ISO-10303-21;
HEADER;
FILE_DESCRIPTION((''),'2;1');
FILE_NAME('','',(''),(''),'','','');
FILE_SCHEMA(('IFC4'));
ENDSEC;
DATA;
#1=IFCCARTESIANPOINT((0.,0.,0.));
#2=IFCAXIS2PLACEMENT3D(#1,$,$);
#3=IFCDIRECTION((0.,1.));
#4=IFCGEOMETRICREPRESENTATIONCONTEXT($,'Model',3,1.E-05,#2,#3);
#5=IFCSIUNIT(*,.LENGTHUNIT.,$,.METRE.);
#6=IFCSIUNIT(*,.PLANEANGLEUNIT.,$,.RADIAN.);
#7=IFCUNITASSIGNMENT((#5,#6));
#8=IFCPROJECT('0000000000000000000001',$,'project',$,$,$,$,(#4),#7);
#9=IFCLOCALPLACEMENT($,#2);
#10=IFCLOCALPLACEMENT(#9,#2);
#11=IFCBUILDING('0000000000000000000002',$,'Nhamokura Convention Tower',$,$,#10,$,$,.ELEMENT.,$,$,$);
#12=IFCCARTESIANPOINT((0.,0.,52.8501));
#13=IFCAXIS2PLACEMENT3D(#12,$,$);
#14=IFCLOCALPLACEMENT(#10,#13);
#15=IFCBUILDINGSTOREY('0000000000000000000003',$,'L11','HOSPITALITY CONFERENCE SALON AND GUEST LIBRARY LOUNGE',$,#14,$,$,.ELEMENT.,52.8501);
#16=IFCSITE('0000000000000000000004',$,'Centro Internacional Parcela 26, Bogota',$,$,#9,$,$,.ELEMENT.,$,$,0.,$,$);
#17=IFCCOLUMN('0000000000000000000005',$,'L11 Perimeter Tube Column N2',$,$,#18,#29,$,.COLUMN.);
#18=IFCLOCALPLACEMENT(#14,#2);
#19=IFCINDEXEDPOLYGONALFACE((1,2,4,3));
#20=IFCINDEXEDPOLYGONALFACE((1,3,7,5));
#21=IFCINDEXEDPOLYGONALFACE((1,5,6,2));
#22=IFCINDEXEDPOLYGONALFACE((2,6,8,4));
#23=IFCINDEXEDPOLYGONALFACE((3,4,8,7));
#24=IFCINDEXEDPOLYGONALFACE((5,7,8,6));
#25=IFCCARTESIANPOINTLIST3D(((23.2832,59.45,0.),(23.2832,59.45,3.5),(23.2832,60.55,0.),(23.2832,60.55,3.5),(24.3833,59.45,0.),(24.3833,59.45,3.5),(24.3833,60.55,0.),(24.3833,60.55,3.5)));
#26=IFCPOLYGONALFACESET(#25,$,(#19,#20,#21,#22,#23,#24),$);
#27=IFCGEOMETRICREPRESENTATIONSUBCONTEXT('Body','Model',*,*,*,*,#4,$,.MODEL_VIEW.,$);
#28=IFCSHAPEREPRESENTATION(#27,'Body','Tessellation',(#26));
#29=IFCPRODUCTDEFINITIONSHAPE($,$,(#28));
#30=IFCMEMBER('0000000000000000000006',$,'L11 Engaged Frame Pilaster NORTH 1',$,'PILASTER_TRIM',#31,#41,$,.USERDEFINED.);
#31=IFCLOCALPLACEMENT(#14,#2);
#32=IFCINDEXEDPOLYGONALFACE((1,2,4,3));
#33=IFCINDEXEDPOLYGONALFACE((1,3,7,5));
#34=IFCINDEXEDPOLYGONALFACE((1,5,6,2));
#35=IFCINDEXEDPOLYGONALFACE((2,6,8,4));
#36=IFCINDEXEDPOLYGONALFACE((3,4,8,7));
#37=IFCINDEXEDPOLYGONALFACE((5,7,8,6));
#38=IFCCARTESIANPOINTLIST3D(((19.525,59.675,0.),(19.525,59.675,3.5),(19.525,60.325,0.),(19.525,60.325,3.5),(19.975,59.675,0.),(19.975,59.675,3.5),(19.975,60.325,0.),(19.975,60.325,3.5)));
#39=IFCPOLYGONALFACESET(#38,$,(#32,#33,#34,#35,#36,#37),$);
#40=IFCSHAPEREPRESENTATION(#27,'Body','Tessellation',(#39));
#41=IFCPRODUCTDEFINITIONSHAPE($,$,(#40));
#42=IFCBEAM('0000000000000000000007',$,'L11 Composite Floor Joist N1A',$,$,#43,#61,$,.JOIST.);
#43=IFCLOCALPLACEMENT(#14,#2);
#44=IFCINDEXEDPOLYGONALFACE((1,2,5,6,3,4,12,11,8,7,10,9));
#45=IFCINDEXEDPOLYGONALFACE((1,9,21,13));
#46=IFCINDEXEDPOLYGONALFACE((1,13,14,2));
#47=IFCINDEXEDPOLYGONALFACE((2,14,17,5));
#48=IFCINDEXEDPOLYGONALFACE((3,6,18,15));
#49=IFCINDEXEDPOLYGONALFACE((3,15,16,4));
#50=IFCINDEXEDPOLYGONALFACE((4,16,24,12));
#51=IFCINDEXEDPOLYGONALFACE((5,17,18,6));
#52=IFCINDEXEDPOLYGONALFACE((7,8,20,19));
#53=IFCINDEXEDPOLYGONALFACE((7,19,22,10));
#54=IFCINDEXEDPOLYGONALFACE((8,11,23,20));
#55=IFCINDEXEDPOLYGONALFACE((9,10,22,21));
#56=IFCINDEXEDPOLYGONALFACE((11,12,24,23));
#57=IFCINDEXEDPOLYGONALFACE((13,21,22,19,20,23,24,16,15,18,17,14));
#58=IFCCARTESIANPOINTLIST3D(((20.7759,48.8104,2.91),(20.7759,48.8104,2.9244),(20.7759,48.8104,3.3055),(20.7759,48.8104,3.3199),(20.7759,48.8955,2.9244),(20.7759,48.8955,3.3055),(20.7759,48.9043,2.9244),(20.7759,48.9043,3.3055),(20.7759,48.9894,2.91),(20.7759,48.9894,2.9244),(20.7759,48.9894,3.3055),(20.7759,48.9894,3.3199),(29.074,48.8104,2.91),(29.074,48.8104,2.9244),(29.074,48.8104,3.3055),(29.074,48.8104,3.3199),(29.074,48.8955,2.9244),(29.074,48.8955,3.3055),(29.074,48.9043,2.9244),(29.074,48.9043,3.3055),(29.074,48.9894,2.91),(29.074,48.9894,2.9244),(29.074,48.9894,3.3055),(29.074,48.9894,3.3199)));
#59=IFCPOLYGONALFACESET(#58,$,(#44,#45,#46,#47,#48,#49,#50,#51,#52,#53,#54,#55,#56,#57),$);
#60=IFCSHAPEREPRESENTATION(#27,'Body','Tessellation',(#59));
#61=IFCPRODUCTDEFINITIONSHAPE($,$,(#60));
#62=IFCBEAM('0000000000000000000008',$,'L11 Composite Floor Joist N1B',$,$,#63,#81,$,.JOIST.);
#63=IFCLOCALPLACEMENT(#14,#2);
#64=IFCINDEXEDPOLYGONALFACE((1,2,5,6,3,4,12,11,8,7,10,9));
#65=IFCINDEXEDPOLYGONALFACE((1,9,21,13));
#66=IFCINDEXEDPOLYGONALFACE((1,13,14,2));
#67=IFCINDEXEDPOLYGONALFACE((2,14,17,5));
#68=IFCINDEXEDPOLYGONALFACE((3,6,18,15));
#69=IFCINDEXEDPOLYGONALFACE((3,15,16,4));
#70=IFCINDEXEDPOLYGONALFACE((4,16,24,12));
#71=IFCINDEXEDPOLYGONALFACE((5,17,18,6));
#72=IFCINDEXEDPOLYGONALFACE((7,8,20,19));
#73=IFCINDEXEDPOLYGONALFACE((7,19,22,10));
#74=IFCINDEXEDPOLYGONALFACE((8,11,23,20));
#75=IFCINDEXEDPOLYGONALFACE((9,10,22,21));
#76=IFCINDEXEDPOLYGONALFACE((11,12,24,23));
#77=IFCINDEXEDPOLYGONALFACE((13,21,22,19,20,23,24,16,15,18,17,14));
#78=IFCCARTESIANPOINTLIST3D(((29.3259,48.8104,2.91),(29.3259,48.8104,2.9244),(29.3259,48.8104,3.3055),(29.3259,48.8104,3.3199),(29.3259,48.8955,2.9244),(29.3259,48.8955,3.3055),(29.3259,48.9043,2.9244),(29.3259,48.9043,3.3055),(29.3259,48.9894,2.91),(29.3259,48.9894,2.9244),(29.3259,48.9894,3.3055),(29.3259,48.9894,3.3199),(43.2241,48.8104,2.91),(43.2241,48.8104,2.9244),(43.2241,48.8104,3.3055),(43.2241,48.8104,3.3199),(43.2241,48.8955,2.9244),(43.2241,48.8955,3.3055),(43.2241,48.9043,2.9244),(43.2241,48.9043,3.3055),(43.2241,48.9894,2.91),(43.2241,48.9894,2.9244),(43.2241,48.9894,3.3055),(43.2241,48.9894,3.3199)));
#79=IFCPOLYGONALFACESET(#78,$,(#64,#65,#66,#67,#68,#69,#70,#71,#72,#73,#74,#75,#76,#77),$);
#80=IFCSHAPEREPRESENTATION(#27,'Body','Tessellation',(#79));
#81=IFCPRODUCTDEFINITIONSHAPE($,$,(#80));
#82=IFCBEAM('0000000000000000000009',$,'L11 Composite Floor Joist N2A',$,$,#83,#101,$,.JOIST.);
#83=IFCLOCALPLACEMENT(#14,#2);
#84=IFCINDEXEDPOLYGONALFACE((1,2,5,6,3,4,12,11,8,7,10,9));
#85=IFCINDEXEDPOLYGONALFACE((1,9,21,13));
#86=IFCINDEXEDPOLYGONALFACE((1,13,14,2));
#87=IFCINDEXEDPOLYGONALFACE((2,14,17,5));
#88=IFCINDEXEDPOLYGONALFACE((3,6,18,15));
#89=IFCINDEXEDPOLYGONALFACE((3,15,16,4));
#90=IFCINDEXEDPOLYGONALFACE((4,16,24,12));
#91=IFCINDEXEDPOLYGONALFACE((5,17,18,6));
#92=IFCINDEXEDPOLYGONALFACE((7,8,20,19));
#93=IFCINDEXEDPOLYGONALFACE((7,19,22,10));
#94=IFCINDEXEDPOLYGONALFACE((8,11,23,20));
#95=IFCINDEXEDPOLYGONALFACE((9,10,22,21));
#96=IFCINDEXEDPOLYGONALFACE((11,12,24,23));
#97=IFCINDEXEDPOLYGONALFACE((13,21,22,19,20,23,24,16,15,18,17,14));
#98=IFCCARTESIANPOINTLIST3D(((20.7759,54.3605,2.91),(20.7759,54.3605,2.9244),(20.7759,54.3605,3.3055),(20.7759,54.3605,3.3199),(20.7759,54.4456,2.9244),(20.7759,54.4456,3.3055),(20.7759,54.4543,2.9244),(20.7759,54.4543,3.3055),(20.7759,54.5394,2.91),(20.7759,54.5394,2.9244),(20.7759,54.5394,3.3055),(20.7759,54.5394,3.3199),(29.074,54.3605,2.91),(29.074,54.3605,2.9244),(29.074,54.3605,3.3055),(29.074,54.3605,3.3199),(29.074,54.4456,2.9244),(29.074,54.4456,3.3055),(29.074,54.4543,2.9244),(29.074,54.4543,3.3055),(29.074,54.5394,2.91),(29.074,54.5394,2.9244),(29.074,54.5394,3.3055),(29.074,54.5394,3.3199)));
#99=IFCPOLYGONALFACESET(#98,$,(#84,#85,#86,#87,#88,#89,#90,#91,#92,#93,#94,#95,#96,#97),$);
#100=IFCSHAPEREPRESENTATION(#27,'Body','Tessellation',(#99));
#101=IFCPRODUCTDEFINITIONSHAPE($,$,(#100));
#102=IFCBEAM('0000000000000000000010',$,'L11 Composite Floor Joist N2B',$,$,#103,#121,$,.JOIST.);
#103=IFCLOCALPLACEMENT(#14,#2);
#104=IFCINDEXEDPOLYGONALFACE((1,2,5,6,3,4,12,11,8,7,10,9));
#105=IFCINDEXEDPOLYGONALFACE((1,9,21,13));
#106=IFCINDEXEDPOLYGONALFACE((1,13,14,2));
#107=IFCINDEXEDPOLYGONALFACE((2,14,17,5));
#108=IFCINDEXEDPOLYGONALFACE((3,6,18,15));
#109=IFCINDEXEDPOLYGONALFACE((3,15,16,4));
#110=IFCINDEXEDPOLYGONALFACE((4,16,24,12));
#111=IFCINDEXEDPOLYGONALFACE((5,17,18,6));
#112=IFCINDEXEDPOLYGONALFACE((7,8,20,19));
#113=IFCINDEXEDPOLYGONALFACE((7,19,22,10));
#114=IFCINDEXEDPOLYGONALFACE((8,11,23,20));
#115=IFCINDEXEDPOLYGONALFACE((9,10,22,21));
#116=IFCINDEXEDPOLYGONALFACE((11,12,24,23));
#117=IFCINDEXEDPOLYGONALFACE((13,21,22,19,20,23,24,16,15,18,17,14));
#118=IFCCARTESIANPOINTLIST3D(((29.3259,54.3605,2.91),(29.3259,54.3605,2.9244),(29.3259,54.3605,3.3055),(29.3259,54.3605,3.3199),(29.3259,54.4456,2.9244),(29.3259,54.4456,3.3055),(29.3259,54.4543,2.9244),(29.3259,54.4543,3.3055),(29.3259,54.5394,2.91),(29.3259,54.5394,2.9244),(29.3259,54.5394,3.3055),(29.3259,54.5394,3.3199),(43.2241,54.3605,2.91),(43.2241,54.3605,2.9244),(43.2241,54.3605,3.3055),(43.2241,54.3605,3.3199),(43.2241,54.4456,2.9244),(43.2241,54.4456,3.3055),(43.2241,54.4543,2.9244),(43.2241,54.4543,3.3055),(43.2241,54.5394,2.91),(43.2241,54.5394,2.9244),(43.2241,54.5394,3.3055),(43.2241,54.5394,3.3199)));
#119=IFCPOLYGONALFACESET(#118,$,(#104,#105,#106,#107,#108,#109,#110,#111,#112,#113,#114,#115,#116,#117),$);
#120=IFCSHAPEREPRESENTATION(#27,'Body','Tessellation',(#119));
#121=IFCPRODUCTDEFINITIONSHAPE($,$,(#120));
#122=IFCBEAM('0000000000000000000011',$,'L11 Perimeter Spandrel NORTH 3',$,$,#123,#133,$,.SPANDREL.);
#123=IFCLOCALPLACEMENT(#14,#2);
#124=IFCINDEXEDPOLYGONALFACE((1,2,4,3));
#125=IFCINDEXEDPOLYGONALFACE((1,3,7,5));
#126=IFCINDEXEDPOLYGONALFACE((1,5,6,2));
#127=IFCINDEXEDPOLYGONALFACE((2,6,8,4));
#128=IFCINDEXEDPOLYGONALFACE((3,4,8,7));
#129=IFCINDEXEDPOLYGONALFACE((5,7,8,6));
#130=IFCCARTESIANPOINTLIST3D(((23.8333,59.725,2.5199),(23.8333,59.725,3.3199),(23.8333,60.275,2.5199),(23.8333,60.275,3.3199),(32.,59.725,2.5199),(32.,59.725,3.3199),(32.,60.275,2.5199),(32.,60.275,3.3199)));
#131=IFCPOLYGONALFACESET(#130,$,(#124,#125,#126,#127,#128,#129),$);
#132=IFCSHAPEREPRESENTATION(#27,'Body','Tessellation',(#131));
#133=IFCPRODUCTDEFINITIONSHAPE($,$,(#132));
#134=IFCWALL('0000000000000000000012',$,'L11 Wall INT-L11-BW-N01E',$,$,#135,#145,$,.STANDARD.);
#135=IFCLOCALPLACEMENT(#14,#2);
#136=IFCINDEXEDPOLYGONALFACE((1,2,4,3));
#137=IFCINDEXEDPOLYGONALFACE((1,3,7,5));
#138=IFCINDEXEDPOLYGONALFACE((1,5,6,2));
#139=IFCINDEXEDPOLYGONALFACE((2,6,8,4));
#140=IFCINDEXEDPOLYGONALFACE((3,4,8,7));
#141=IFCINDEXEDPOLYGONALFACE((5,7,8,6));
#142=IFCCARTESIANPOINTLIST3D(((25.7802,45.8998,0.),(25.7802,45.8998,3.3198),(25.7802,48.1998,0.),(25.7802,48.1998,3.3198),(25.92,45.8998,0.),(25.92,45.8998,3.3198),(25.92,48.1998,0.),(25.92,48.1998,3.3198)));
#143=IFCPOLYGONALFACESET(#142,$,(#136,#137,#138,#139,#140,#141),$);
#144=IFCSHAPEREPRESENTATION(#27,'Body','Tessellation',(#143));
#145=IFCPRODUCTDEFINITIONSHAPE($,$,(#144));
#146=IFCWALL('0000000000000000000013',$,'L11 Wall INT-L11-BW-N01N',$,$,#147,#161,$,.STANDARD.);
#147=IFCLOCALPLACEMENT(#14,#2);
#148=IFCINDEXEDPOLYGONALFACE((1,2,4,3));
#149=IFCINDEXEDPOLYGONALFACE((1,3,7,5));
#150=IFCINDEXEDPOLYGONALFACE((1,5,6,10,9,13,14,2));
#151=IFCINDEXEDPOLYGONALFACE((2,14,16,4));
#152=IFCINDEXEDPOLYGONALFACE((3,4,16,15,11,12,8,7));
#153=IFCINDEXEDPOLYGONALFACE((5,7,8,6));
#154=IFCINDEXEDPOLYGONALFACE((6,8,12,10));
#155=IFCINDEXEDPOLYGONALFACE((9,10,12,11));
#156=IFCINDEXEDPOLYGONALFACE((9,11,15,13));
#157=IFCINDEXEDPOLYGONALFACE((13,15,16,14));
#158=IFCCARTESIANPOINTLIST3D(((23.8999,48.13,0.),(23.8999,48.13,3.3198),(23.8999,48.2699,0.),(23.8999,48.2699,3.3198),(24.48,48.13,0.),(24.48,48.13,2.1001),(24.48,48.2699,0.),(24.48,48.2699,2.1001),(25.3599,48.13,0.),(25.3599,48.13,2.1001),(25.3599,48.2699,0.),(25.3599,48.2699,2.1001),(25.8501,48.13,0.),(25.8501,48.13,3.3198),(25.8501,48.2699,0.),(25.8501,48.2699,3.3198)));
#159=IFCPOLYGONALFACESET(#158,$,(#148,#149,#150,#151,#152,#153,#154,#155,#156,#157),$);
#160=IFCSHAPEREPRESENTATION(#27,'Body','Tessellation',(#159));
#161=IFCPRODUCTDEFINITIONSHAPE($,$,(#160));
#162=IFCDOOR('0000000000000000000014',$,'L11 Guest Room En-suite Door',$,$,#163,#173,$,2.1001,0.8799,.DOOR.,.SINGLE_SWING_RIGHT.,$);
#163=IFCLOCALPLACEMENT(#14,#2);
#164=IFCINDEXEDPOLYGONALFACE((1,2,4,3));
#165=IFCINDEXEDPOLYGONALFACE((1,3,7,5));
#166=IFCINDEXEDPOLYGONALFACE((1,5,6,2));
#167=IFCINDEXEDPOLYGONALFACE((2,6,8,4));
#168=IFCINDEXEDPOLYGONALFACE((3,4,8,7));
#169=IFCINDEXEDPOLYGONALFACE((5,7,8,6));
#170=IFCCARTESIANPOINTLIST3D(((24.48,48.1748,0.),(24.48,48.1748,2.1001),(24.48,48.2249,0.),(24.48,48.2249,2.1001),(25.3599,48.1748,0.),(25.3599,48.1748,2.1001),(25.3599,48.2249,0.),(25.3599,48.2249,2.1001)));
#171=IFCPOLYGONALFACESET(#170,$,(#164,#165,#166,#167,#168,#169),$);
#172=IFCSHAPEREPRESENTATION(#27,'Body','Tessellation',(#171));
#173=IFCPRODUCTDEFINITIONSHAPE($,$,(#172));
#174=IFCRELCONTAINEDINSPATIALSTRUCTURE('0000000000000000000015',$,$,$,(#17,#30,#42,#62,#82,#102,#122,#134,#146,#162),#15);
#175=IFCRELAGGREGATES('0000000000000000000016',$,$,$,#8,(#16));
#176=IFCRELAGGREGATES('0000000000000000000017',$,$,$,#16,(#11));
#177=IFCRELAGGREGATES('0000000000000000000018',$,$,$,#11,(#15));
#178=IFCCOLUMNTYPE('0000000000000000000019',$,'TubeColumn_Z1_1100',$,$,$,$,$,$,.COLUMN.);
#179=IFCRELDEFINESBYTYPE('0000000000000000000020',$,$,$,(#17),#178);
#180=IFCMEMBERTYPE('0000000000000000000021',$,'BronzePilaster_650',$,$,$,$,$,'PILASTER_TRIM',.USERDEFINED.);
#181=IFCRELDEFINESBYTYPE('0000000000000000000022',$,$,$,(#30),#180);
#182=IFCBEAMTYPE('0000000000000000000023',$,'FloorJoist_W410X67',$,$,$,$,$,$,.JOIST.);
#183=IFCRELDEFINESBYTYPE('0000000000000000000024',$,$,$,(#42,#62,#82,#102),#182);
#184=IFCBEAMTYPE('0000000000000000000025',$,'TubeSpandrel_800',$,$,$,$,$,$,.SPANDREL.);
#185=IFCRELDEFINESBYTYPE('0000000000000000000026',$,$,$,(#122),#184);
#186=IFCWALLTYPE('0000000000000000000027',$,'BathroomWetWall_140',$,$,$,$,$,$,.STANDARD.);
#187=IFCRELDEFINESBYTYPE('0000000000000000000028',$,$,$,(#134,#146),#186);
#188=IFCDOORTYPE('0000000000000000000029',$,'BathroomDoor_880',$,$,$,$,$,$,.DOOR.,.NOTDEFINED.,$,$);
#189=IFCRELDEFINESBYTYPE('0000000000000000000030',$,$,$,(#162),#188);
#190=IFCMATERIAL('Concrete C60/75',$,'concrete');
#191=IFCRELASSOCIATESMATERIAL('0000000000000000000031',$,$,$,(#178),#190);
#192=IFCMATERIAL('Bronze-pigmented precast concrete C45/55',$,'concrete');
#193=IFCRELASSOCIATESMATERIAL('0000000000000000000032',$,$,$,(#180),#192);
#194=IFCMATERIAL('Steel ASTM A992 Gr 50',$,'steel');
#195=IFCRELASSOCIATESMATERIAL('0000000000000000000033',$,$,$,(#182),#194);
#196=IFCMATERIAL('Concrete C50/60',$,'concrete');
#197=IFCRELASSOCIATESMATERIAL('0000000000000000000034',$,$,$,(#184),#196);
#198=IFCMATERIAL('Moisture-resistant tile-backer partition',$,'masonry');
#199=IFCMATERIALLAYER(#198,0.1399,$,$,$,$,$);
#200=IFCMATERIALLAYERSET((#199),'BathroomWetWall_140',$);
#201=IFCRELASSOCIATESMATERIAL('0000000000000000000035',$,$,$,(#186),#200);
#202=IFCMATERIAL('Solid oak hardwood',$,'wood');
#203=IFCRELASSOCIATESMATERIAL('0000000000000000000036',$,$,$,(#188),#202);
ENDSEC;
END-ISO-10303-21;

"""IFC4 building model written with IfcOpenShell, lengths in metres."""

from ifc_helpers import new_model, si_unit, direction, frame, frame_2d, origin, origin_2d, place, context, subcontext, project, spatial, rectangle, i_section, extrude, material, layer, layer_set, material_profile, profile_set, type_object, element, fill, save


model = new_model("IFC4")

# Units and contexts
model_context = context("Model", 3, precision=1e-05, world=origin(), true_north=direction((0.0, 1.0)))
body_context = subcontext(model_context, "Body", "Model", "MODEL_VIEW")
ifc_project = project(units=[si_unit("LENGTHUNIT", "METRE"), si_unit("PLANEANGLEUNIT", "RADIAN")], contexts=[model_context])

# Site, building, storey
site_placement = place(None, origin())
site = spatial("IfcSite", under=ifc_project, at=site_placement, Name="Centro Internacional Parcela 26, Bogota", CompositionType="ELEMENT", RefElevation=0.0)
building_placement = place(site_placement, origin())
building = spatial("IfcBuilding", under=site, at=building_placement, Name="Nhamokura Convention Tower", CompositionType="ELEMENT")
storey_placement = place(building_placement, frame((0.0, 0.0, 52.8501)))
storey = spatial("IfcBuildingStorey", under=building, at=storey_placement, Name="L11", Description="HOSPITALITY CONFERENCE SALON AND GUEST LIBRARY LOUNGE", CompositionType="ELEMENT", Elevation=52.8501)

# Column
ifc_material_1 = material(Name="Concrete C60/75", Category="concrete")
ifc_material_profile_1 = material_profile(ifc_material_1, rectangle(XDim=1.1001, YDim=1.1001, at=origin_2d()))
ifc_profile_set_1 = profile_set([ifc_material_profile_1], Name="Concrete C60/75")
column_type = type_object("IfcColumnType", Name="TubeColumn_Z1_1100", PredefinedType="COLUMN", material=ifc_profile_set_1)
column_placement = place(storey_placement, frame((23.8333, 60.0, 0.0), z_axis=(0.0, 0.0, 1.0), x_axis=(1.0, 0.0, 0.0)))
element("IfcColumn", 1, at=column_placement, inside=storey, type_object=column_type, Name="L11 Perimeter Tube Column N2", PredefinedType="COLUMN", context=body_context, shape_type="SweptSolid", body=[
    extrude(rectangle(XDim=1.1001, YDim=1.1001, at=origin_2d()), origin(), (0.0, 0.0, 1.0), 3.5),
])

# Member
ifc_material_2 = material(Name="Bronze-pigmented precast concrete C45/55", Category="concrete")
ifc_material_profile_2 = material_profile(ifc_material_2, rectangle(XDim=0.45, YDim=0.6499, at=origin_2d()))
ifc_profile_set_2 = profile_set([ifc_material_profile_2], Name="Bronze-pigmented precast concrete C45/55")
member_type = type_object("IfcMemberType", Name="BronzePilaster_650", ElementType="PILASTER_TRIM", PredefinedType="USERDEFINED", material=ifc_profile_set_2)
member_placement = place(storey_placement, frame((19.75, 60.0, 0.0), z_axis=(0.0, 0.0, 1.0), x_axis=(1.0, 0.0, 0.0)))
element("IfcMember", 2, at=member_placement, inside=storey, type_object=member_type, Name="L11 Engaged Frame Pilaster NORTH 1", ObjectType="PILASTER_TRIM", PredefinedType="USERDEFINED", context=body_context, shape_type="SweptSolid", body=[
    extrude(rectangle(XDim=0.45, YDim=0.6499, at=origin_2d()), origin(), (0.0, 0.0, 1.0), 3.5),
])

# Beams
ifc_material_3 = material(Name="Steel ASTM A992 Gr 50", Category="steel")
ifc_material_profile_3 = material_profile(ifc_material_3, i_section(OverallWidth=0.179, OverallDepth=0.4099, WebThickness=0.0088, FlangeThickness=0.0144, at=origin_2d()))
ifc_profile_set_3 = profile_set([ifc_material_profile_3], Name="Steel ASTM A992 Gr 50")
beam_type_1 = type_object("IfcBeamType", Name="FloorJoist_W410X67", PredefinedType="JOIST", material=ifc_profile_set_3)
beam_1_placement = place(storey_placement, frame((20.7759, 48.8999, 3.115), z_axis=(1.0, 0.0, 0.0), x_axis=(0.0, 1.0, 0.0)))
element("IfcBeam", 3, at=beam_1_placement, inside=storey, type_object=beam_type_1, Name="L11 Composite Floor Joist N1A", PredefinedType="JOIST", context=body_context, shape_type="SweptSolid", body=[
    extrude(i_section(OverallWidth=0.179, OverallDepth=0.4099, WebThickness=0.0088, FlangeThickness=0.0144, at=origin_2d()), origin(), (0.0, 0.0, 1.0), 8.2981),
])
beam_2_placement = place(storey_placement, frame((29.3259, 48.8999, 3.115), z_axis=(1.0, 0.0, 0.0), x_axis=(0.0, 1.0, 0.0)))
element("IfcBeam", 4, at=beam_2_placement, inside=storey, type_object=beam_type_1, Name="L11 Composite Floor Joist N1B", PredefinedType="JOIST", context=body_context, shape_type="SweptSolid", body=[
    extrude(i_section(OverallWidth=0.179, OverallDepth=0.4099, WebThickness=0.0088, FlangeThickness=0.0144, at=origin_2d()), origin(), (0.0, 0.0, 1.0), 13.8982),
])
beam_3_placement = place(storey_placement, frame((20.7759, 54.45, 3.115), z_axis=(1.0, 0.0, 0.0), x_axis=(0.0, 1.0, 0.0)))
element("IfcBeam", 5, at=beam_3_placement, inside=storey, type_object=beam_type_1, Name="L11 Composite Floor Joist N2A", PredefinedType="JOIST", context=body_context, shape_type="SweptSolid", body=[
    extrude(i_section(OverallWidth=0.179, OverallDepth=0.4099, WebThickness=0.0088, FlangeThickness=0.0144, at=origin_2d()), origin(), (0.0, 0.0, 1.0), 8.2981),
])
beam_4_placement = place(storey_placement, frame((29.3259, 54.45, 3.115), z_axis=(1.0, 0.0, 0.0), x_axis=(0.0, 1.0, 0.0)))
element("IfcBeam", 6, at=beam_4_placement, inside=storey, type_object=beam_type_1, Name="L11 Composite Floor Joist N2B", PredefinedType="JOIST", context=body_context, shape_type="SweptSolid", body=[
    extrude(i_section(OverallWidth=0.179, OverallDepth=0.4099, WebThickness=0.0088, FlangeThickness=0.0144, at=origin_2d()), origin(), (0.0, 0.0, 1.0), 13.8982),
])
ifc_material_4 = material(Name="Concrete C50/60", Category="concrete")
ifc_material_profile_4 = material_profile(ifc_material_4, rectangle(XDim=0.55, YDim=0.8, at=origin_2d()))
ifc_profile_set_4 = profile_set([ifc_material_profile_4], Name="Concrete C50/60")
beam_type_2 = type_object("IfcBeamType", Name="TubeSpandrel_800", PredefinedType="SPANDREL", material=ifc_profile_set_4)
beam_5_placement = place(storey_placement, frame((23.8333, 60.0, 2.9199), z_axis=(1.0, 0.0, 0.0), x_axis=(0.0, 1.0, 0.0)))
element("IfcBeam", 7, at=beam_5_placement, inside=storey, type_object=beam_type_2, Name="L11 Perimeter Spandrel NORTH 3", PredefinedType="SPANDREL", context=body_context, shape_type="SweptSolid", body=[
    extrude(rectangle(XDim=0.55, YDim=0.8, at=origin_2d()), origin(), (0.0, 0.0, 1.0), 8.1667),
])

# Wall
ifc_material_5 = material(Name="Moisture-resistant tile-backer partition", Category="masonry")
ifc_layer_1 = layer(ifc_material_5, 0.1399)
ifc_layer_set_1 = layer_set([ifc_layer_1], Name="BathroomWetWall_140")
wall_type_1 = type_object("IfcWallType", Name="BathroomWetWall_140", PredefinedType="STANDARD", material=ifc_layer_set_1)
wall_1_placement = place(storey_placement, frame((25.8501, 45.8999, 0.0), z_axis=(0.0, 0.0, 1.0), x_axis=(0.0, 1.0, 0.0)))
element("IfcWall", 8, at=wall_1_placement, inside=storey, type_object=wall_type_1, Name="L11 Wall INT-L11-BW-N01E", PredefinedType="STANDARD", context=body_context, shape_type="SweptSolid", body=[
    extrude(rectangle(XDim=2.3, YDim=0.1399, at=frame_2d((1.1499, 0.0))), origin(), (0.0, 0.0, 1.0), 3.3198),
])

# Wall, opening, door
wall_2_placement = place(storey_placement, frame((23.8999, 48.2, 0.0), z_axis=(0.0, 0.0, 1.0), x_axis=(1.0, 0.0, 0.0)))
wall_2 = element("IfcWall", 9, at=wall_2_placement, inside=storey, type_object=wall_type_1, Name="L11 Wall INT-L11-BW-N01N", PredefinedType="STANDARD", context=body_context, shape_type="SweptSolid", body=[
    extrude(rectangle(XDim=1.9502, YDim=0.1399, at=frame_2d((0.9751, 0.0))), origin(), (0.0, 0.0, 1.0), 3.3198),
])
opening_1_placement = place(wall_2_placement, frame((0.5801, 0.0, 0.0)))
opening_1 = element("IfcOpeningElement", 10, at=opening_1_placement, cuts=wall_2, PredefinedType="OPENING", context=body_context, shape_type="SweptSolid", body=[
    extrude(rectangle(XDim=0.8799, YDim=2.1001, at=frame_2d((0.4399, 1.05))), frame((0.0, 0.0798, 0.0), z_axis=(0.0, -1.0, 0.0), x_axis=(1.0, 0.0, 0.0)), (0.0, 0.0, 1.0), 0.1599),
])
ifc_material_6 = material(Name="Solid oak hardwood", Category="wood")
door_type_1 = type_object("IfcDoorType", Name="BathroomDoor_880", OperationType="NOTDEFINED", PredefinedType="DOOR", material=ifc_material_6)
door_1_placement = place(opening_1_placement, origin())
door_1 = element("IfcDoor", 11, at=door_1_placement, inside=storey, type_object=door_type_1, Name="L11 Guest Room En-suite Door", OperationType="SINGLE_SWING_RIGHT", OverallHeight=2.1001, OverallWidth=0.8799, PredefinedType="DOOR", context=body_context, shape_type="SweptSolid", body=[
    extrude(rectangle(XDim=0.8799, YDim=2.1001, at=frame_2d((0.4399, 1.05))), frame((0.0, 0.0249, 0.0), z_axis=(0.0, -1.0, 0.0), x_axis=(1.0, 0.0, 0.0)), (0.0, 0.0, 1.0), 0.05),
])
fill(opening_1, door_1)

save(model, "model.ifc")
